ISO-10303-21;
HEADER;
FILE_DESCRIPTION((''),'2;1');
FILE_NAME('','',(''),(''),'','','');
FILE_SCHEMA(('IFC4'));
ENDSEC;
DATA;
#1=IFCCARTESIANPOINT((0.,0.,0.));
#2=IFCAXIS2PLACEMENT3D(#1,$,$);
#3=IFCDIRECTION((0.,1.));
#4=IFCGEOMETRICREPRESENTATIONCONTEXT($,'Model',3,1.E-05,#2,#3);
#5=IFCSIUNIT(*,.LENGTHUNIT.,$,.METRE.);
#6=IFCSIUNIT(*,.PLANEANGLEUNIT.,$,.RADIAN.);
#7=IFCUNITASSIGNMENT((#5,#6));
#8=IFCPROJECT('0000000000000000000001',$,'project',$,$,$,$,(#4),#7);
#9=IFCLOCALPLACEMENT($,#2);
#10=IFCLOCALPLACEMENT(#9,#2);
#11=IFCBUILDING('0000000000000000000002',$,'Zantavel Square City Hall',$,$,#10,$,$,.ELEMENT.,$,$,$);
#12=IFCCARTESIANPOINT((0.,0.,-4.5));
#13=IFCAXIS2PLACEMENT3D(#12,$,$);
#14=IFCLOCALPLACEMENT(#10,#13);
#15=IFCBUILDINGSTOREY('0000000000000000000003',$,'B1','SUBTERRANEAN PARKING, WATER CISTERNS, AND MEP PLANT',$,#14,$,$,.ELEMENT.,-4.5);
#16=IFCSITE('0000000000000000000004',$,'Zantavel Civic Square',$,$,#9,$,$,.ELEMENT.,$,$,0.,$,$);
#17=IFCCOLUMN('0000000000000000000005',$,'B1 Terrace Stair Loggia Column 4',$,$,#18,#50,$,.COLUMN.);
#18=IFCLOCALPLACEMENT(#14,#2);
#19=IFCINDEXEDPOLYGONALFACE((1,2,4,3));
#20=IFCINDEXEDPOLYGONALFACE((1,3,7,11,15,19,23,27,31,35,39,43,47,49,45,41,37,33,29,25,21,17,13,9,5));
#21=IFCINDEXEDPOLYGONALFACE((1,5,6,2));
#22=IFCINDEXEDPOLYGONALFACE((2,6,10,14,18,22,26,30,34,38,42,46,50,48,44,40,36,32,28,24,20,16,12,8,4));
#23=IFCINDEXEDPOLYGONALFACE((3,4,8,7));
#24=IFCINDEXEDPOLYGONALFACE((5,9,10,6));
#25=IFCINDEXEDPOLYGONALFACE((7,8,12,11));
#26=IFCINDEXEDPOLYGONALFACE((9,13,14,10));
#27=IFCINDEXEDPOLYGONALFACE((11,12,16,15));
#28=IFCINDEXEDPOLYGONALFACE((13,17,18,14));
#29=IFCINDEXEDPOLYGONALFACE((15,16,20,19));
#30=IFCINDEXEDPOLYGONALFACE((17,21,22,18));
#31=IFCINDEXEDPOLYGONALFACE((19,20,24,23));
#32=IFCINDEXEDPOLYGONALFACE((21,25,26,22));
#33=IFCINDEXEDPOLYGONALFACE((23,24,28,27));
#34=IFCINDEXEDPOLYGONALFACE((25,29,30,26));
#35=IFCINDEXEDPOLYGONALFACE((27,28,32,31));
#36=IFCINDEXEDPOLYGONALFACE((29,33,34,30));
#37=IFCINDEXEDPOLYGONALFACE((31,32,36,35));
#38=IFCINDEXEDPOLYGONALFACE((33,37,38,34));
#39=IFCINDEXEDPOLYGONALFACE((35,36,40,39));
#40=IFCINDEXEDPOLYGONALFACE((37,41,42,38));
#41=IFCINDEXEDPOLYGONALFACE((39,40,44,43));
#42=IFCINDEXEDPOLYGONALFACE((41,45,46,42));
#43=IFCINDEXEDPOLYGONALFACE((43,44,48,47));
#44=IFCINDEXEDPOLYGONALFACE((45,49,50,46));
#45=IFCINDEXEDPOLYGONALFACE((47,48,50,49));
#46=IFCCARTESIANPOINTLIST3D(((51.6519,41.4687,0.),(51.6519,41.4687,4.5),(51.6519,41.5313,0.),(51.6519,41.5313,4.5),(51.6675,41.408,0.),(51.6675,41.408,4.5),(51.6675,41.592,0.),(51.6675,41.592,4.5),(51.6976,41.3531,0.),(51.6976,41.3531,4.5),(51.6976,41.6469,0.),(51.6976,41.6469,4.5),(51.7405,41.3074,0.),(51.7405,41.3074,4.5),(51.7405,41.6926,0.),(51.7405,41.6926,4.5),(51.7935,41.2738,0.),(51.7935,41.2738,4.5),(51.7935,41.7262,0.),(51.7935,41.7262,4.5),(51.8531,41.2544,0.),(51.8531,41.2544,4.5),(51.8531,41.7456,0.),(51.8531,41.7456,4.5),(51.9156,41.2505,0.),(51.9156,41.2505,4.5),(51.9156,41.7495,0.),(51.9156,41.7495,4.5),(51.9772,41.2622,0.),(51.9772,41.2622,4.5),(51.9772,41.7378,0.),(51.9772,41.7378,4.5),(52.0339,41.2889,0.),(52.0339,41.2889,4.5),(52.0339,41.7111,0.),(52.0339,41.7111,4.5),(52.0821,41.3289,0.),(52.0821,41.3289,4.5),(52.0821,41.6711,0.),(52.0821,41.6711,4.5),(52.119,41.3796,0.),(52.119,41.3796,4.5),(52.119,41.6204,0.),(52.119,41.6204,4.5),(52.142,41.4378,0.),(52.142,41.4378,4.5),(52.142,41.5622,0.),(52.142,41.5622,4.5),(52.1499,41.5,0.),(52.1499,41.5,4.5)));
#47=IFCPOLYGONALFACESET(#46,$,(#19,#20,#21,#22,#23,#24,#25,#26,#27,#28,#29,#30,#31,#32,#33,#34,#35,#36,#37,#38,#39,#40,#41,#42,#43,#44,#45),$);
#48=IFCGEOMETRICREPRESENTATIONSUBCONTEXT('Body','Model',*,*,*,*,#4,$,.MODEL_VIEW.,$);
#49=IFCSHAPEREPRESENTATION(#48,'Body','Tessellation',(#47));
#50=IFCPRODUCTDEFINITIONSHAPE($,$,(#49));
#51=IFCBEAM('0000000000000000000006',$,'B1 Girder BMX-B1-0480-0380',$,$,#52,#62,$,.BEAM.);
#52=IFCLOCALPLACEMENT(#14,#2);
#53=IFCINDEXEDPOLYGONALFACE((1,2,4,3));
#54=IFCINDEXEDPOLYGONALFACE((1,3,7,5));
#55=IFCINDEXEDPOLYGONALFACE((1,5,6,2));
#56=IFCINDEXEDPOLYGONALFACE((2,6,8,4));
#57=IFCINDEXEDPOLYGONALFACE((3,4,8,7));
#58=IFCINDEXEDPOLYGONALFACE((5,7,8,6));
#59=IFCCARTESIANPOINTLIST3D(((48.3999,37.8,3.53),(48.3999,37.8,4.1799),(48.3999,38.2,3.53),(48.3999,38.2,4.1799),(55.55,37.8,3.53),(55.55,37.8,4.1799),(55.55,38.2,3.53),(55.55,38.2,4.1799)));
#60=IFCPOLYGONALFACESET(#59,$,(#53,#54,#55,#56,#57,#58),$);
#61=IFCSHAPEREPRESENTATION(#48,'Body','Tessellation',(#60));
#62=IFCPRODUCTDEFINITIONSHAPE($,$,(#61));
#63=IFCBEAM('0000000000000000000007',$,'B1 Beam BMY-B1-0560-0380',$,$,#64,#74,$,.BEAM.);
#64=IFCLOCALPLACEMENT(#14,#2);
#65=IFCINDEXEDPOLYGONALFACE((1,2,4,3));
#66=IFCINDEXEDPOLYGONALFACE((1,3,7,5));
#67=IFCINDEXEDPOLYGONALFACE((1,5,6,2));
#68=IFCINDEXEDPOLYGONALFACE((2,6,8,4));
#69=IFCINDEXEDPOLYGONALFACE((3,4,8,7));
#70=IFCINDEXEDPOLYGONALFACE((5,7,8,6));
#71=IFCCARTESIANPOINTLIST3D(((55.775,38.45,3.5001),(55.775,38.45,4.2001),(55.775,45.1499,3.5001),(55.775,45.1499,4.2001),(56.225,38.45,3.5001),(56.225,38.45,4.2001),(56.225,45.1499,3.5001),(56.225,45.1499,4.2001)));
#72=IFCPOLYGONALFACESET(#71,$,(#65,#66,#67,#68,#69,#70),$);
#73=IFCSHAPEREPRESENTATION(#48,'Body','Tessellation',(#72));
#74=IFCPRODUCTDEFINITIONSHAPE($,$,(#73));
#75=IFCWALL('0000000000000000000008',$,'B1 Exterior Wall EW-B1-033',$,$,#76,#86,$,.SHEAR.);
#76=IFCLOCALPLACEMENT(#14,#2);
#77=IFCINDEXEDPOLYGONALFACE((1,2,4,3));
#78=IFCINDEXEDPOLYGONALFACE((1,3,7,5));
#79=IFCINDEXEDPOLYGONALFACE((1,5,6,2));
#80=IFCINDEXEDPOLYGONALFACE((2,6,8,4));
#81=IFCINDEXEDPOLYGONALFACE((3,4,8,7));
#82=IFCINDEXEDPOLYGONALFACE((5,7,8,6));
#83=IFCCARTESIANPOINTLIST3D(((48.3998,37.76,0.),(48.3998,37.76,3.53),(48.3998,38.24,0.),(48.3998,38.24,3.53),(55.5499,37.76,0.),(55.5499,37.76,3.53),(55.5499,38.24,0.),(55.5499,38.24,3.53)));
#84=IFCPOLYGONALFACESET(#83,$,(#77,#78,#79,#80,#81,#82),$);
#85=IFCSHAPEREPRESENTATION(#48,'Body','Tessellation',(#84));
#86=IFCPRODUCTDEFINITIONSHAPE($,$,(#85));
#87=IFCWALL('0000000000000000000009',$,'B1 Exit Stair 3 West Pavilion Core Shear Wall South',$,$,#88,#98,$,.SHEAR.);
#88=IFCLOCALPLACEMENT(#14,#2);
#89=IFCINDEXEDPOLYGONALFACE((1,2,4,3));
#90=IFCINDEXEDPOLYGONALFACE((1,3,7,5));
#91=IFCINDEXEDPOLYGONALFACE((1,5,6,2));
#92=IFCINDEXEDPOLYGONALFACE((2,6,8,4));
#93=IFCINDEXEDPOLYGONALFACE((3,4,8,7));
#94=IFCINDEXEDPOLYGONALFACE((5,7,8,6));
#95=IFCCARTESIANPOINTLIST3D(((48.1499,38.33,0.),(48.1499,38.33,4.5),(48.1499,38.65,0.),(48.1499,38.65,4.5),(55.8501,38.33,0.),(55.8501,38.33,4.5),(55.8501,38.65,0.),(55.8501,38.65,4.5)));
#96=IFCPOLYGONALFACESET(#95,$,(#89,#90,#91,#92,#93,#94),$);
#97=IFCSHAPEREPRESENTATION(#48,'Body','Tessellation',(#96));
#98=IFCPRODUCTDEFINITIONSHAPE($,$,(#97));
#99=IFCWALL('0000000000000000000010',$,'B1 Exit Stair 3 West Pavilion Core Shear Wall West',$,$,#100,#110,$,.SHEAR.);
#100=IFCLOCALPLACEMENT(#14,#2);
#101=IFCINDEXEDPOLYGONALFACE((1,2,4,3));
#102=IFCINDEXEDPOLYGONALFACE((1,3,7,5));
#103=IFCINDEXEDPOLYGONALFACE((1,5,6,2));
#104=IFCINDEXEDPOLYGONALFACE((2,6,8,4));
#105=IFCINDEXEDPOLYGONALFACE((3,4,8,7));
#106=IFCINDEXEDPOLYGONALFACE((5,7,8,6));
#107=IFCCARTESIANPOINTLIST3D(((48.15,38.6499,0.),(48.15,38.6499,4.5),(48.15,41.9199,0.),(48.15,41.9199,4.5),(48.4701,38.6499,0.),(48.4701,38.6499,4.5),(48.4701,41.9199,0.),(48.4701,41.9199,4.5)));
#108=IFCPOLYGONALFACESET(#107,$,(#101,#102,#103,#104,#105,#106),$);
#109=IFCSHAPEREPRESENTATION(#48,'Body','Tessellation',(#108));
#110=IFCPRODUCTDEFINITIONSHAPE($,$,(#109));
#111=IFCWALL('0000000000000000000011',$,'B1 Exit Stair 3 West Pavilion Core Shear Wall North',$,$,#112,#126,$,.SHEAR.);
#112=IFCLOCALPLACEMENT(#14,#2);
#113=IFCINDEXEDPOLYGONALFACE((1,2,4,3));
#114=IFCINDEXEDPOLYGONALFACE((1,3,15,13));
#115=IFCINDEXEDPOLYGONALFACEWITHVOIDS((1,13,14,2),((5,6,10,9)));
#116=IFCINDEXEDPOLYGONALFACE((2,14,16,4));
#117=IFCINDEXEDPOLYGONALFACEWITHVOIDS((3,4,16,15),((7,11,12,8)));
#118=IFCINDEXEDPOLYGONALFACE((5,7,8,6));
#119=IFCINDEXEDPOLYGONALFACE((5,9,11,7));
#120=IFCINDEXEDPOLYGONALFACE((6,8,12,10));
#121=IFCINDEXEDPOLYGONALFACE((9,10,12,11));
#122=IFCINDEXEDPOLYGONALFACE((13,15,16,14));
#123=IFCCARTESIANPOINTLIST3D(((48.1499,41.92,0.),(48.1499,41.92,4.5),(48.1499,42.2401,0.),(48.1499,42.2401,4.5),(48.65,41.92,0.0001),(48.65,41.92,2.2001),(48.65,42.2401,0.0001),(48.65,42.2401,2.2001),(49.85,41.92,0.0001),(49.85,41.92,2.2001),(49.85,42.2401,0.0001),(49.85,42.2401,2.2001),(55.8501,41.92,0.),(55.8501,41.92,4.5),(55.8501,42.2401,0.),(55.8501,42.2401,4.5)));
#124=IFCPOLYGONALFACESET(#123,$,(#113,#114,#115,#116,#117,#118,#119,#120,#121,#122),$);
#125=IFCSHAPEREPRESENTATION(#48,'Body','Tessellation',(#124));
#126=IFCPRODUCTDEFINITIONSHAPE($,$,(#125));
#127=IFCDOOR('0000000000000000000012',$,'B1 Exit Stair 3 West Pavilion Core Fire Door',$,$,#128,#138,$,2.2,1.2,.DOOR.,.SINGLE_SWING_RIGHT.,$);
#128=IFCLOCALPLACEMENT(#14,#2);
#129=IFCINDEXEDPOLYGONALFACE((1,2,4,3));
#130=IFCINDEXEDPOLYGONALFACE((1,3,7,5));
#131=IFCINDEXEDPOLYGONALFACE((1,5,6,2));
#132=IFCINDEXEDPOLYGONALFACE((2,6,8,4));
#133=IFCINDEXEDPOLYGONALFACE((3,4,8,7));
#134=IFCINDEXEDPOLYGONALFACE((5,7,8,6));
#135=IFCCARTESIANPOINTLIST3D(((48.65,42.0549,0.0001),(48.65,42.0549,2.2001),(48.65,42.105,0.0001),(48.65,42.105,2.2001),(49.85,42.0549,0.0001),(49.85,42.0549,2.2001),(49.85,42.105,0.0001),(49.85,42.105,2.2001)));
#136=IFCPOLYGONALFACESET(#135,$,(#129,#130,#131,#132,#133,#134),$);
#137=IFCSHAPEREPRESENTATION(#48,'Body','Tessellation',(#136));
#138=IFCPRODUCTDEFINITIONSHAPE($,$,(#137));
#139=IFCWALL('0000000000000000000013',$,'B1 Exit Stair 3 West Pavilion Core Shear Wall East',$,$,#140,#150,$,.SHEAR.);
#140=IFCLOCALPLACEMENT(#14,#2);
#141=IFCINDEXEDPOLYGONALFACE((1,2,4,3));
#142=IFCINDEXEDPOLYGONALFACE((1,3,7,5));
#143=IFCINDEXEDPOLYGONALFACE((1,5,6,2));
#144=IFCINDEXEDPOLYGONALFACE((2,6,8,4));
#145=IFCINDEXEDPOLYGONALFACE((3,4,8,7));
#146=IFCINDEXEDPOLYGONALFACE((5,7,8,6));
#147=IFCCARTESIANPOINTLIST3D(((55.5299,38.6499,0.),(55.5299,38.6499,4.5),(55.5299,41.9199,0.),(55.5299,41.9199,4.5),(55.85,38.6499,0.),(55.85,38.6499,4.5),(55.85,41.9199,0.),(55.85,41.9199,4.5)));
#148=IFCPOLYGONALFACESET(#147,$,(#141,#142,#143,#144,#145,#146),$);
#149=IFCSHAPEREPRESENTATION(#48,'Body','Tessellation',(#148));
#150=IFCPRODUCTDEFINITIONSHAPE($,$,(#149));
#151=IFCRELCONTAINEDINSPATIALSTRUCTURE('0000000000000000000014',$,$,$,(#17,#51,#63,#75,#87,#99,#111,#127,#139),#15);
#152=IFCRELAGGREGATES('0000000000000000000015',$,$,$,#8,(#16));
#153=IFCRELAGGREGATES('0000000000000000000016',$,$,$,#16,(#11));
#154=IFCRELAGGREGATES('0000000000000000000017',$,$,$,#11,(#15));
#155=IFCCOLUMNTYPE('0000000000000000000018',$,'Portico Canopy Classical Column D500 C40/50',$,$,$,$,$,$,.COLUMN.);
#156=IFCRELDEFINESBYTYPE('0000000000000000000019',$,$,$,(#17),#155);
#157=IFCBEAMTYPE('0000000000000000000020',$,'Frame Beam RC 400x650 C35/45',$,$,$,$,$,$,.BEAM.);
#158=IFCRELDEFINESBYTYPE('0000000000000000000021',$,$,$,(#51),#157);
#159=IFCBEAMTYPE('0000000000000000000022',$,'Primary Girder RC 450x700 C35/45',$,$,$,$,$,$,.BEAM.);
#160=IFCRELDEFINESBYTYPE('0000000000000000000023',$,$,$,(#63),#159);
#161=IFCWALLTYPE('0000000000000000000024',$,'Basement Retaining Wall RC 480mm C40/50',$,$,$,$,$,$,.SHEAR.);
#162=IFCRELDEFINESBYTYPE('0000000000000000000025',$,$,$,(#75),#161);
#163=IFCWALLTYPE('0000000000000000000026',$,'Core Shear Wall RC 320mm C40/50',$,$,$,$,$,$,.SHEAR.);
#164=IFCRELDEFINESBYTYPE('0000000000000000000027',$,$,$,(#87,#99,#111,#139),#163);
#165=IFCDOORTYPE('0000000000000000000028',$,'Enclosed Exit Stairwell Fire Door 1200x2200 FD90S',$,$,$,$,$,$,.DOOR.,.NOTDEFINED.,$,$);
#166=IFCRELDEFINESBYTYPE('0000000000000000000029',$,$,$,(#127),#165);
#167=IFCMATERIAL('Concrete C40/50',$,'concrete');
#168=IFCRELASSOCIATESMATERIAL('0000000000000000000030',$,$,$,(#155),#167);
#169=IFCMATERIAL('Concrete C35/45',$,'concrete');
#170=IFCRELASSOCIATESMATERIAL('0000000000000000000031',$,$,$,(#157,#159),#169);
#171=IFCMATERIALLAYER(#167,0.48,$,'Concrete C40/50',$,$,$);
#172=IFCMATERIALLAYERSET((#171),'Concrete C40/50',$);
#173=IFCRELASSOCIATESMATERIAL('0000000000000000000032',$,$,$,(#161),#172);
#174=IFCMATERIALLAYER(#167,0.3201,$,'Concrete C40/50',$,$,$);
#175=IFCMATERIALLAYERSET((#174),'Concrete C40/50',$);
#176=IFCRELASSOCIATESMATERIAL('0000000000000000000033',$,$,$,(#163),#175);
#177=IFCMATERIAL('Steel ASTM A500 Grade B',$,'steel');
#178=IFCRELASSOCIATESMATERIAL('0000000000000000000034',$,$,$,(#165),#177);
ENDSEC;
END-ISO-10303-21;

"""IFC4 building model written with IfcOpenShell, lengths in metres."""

from ifc_helpers import new_model, si_unit, direction, frame, frame_2d, origin, origin_2d, place, context, subcontext, project, spatial, rectangle, circle, extrude, material, layer, layer_set, material_profile, profile_set, type_object, element, fill, save


model = new_model("IFC4")

# Units and contexts
model_context = context("Model", 3, precision=1e-05, world=origin(), true_north=direction((0.0, 1.0)))
body_context = subcontext(model_context, "Body", "Model", "MODEL_VIEW")
ifc_project = project(units=[si_unit("LENGTHUNIT", "METRE"), si_unit("PLANEANGLEUNIT", "RADIAN")], contexts=[model_context])

# Site, building, storey
site_placement = place(None, origin())
site = spatial("IfcSite", under=ifc_project, at=site_placement, Name="Zantavel Civic Square", CompositionType="ELEMENT", RefElevation=0.0)
building_placement = place(site_placement, origin())
building = spatial("IfcBuilding", under=site, at=building_placement, Name="Zantavel Square City Hall", CompositionType="ELEMENT")
storey_placement = place(building_placement, frame((0.0, 0.0, -4.5)))
storey = spatial("IfcBuildingStorey", under=building, at=storey_placement, Name="B1", Description="SUBTERRANEAN PARKING, WATER CISTERNS, AND MEP PLANT", CompositionType="ELEMENT", Elevation=-4.5)

# Shared definitions
ifc_material_1 = material(Name="Concrete C35/45", Category="concrete")

# Shared definitions
ifc_material_2 = material(Name="Concrete C40/50", Category="concrete")

# Column
ifc_material_profile_1 = material_profile(ifc_material_2, circle(Radius=0.25, at=origin_2d()), Name="ROUND D500")
ifc_profile_set_1 = profile_set([ifc_material_profile_1], Name="Concrete C40/50")
column_type_1 = type_object("IfcColumnType", Name="Portico Canopy Classical Column D500 C40/50", PredefinedType="COLUMN", material=ifc_profile_set_1)
column_1_placement = place(storey_placement, frame((51.8999, 41.5, 0.0), z_axis=(0.0, 0.0, 1.0), x_axis=(1.0, 0.0, 0.0)))
element("IfcColumn", 1, at=column_1_placement, inside=storey, type_object=column_type_1, Name="B1 Terrace Stair Loggia Column 4", PredefinedType="COLUMN", context=body_context, shape_type="SweptSolid", body=[
    extrude(circle(Radius=0.25, at=origin_2d()), origin(), (0.0, 0.0, 1.0), 4.5),
])

# Beams
ifc_material_profile_2 = material_profile(ifc_material_1, rectangle(XDim=0.3999, YDim=0.6499, at=origin_2d()), Name="RC 400x650")
ifc_profile_set_2 = profile_set([ifc_material_profile_2], Name="Concrete C35/45")
beam_type_1 = type_object("IfcBeamType", Name="Frame Beam RC 400x650 C35/45", PredefinedType="BEAM", material=ifc_profile_set_2)
beam_1_placement = place(storey_placement, frame((48.3999, 38.0, 3.855), z_axis=(1.0, 0.0, 0.0), x_axis=(0.0, 1.0, 0.0)))
element("IfcBeam", 2, at=beam_1_placement, inside=storey, type_object=beam_type_1, Name="B1 Girder BMX-B1-0480-0380", PredefinedType="BEAM", context=body_context, shape_type="SweptSolid", body=[
    extrude(rectangle(XDim=0.3999, YDim=0.6499, at=origin_2d()), origin(), (0.0, 0.0, 1.0), 7.1501),
])
ifc_material_profile_3 = material_profile(ifc_material_1, rectangle(XDim=0.45, YDim=0.7, at=origin_2d()), Name="RC 450x700")
ifc_profile_set_3 = profile_set([ifc_material_profile_3], Name="Concrete C35/45")
beam_type_2 = type_object("IfcBeamType", Name="Primary Girder RC 450x700 C35/45", PredefinedType="BEAM", material=ifc_profile_set_3)
beam_2_placement = place(storey_placement, frame((56.0, 38.45, 3.8501), z_axis=(0.0, 1.0, 0.0), x_axis=(-1.0, 0.0, 0.0)))
element("IfcBeam", 3, at=beam_2_placement, inside=storey, type_object=beam_type_2, Name="B1 Beam BMY-B1-0560-0380", PredefinedType="BEAM", context=body_context, shape_type="SweptSolid", body=[
    extrude(rectangle(XDim=0.45, YDim=0.7, at=origin_2d()), origin(), (0.0, 0.0, 1.0), 6.7),
])

# Walls
ifc_layer_1 = layer(ifc_material_2, 0.48, Name="Concrete C40/50")
ifc_layer_set_1 = layer_set([ifc_layer_1], Name="Concrete C40/50")
wall_type_1 = type_object("IfcWallType", Name="Basement Retaining Wall RC 480mm C40/50", PredefinedType="SHEAR", material=ifc_layer_set_1)
wall_1_placement = place(storey_placement, frame((55.55, 38.0, 0.0), z_axis=(0.0, 0.0, 1.0), x_axis=(-1.0, 0.0, 0.0)))
element("IfcWall", 4, at=wall_1_placement, inside=storey, type_object=wall_type_1, Name="B1 Exterior Wall EW-B1-033", PredefinedType="SHEAR", context=body_context, shape_type="SweptSolid", body=[
    extrude(rectangle(XDim=7.1501, YDim=0.48, at=frame_2d((3.5752, 0.0))), origin(), (0.0, 0.0, 1.0), 3.53),
])
ifc_layer_2 = layer(ifc_material_2, 0.3201, Name="Concrete C40/50")
ifc_layer_set_2 = layer_set([ifc_layer_2], Name="Concrete C40/50")
wall_type_2 = type_object("IfcWallType", Name="Core Shear Wall RC 320mm C40/50", PredefinedType="SHEAR", material=ifc_layer_set_2)
wall_2_placement = place(storey_placement, frame((55.8501, 38.49, 0.0), z_axis=(0.0, 0.0, 1.0), x_axis=(-1.0, 0.0, 0.0)))
element("IfcWall", 5, at=wall_2_placement, inside=storey, type_object=wall_type_2, Name="B1 Exit Stair 3 West Pavilion Core Shear Wall South", PredefinedType="SHEAR", context=body_context, shape_type="SweptSolid", body=[
    extrude(rectangle(XDim=7.7002, YDim=0.3201, at=frame_2d((3.8501, 0.0))), origin(), (0.0, 0.0, 1.0), 4.5),
])
wall_3_placement = place(storey_placement, frame((48.3101, 38.6499, 0.0), z_axis=(0.0, 0.0, 1.0), x_axis=(0.0, 1.0, 0.0)))
element("IfcWall", 6, at=wall_3_placement, inside=storey, type_object=wall_type_2, Name="B1 Exit Stair 3 West Pavilion Core Shear Wall West", PredefinedType="SHEAR", context=body_context, shape_type="SweptSolid", body=[
    extrude(rectangle(XDim=3.27, YDim=0.3201, at=frame_2d((1.635, 0.0))), origin(), (0.0, 0.0, 1.0), 4.5),
])

# Wall, opening, door
wall_4_placement = place(storey_placement, frame((48.1499, 42.0801, 0.0), z_axis=(0.0, 0.0, 1.0), x_axis=(1.0, 0.0, 0.0)))
wall_4 = element("IfcWall", 7, at=wall_4_placement, inside=storey, type_object=wall_type_2, Name="B1 Exit Stair 3 West Pavilion Core Shear Wall North", PredefinedType="SHEAR", context=body_context, shape_type="SweptSolid", body=[
    extrude(rectangle(XDim=7.7002, YDim=0.3201, at=frame_2d((3.8501, 0.0))), origin(), (0.0, 0.0, 1.0), 4.5),
])
opening_placement = place(wall_4_placement, frame((0.5, 0.0, 0.0)))
opening = element("IfcOpeningElement", 8, at=opening_placement, cuts=wall_4, PredefinedType="OPENING", context=body_context, shape_type="SweptSolid", body=[
    extrude(rectangle(XDim=1.2, YDim=2.2, at=frame_2d((0.6001, 1.1001))), frame((0.0, 0.1699, 0.0), z_axis=(0.0, -1.0, 0.0), x_axis=(1.0, 0.0, 0.0)), (0.0, 0.0, 1.0), 0.3401),
])
ifc_material_3 = material(Name="Steel ASTM A500 Grade B", Category="steel")
door_type = type_object("IfcDoorType", Name="Enclosed Exit Stairwell Fire Door 1200x2200 FD90S", OperationType="NOTDEFINED", PredefinedType="DOOR", material=ifc_material_3)
door_placement = place(opening_placement, origin())
door = element("IfcDoor", 9, at=door_placement, inside=storey, type_object=door_type, Name="B1 Exit Stair 3 West Pavilion Core Fire Door", OperationType="SINGLE_SWING_RIGHT", OverallHeight=2.2, OverallWidth=1.2, PredefinedType="DOOR", context=body_context, shape_type="SweptSolid", body=[
    extrude(rectangle(XDim=1.2, YDim=2.2, at=frame_2d((0.6001, 1.1001))), frame((0.0, 0.0249, 0.0), z_axis=(0.0, -1.0, 0.0), x_axis=(1.0, 0.0, 0.0)), (0.0, 0.0, 1.0), 0.05),
])
fill(opening, door)

# Wall
wall_5_placement = place(storey_placement, frame((55.6899, 41.9199, 0.0), z_axis=(0.0, 0.0, 1.0), x_axis=(0.0, -1.0, 0.0)))
element("IfcWall", 10, at=wall_5_placement, inside=storey, type_object=wall_type_2, Name="B1 Exit Stair 3 West Pavilion Core Shear Wall East", PredefinedType="SHEAR", context=body_context, shape_type="SweptSolid", body=[
    extrude(rectangle(XDim=3.27, YDim=0.3201, at=frame_2d((1.635, 0.0))), origin(), (0.0, 0.0, 1.0), 4.5),
])

save(model, "model.ifc")
